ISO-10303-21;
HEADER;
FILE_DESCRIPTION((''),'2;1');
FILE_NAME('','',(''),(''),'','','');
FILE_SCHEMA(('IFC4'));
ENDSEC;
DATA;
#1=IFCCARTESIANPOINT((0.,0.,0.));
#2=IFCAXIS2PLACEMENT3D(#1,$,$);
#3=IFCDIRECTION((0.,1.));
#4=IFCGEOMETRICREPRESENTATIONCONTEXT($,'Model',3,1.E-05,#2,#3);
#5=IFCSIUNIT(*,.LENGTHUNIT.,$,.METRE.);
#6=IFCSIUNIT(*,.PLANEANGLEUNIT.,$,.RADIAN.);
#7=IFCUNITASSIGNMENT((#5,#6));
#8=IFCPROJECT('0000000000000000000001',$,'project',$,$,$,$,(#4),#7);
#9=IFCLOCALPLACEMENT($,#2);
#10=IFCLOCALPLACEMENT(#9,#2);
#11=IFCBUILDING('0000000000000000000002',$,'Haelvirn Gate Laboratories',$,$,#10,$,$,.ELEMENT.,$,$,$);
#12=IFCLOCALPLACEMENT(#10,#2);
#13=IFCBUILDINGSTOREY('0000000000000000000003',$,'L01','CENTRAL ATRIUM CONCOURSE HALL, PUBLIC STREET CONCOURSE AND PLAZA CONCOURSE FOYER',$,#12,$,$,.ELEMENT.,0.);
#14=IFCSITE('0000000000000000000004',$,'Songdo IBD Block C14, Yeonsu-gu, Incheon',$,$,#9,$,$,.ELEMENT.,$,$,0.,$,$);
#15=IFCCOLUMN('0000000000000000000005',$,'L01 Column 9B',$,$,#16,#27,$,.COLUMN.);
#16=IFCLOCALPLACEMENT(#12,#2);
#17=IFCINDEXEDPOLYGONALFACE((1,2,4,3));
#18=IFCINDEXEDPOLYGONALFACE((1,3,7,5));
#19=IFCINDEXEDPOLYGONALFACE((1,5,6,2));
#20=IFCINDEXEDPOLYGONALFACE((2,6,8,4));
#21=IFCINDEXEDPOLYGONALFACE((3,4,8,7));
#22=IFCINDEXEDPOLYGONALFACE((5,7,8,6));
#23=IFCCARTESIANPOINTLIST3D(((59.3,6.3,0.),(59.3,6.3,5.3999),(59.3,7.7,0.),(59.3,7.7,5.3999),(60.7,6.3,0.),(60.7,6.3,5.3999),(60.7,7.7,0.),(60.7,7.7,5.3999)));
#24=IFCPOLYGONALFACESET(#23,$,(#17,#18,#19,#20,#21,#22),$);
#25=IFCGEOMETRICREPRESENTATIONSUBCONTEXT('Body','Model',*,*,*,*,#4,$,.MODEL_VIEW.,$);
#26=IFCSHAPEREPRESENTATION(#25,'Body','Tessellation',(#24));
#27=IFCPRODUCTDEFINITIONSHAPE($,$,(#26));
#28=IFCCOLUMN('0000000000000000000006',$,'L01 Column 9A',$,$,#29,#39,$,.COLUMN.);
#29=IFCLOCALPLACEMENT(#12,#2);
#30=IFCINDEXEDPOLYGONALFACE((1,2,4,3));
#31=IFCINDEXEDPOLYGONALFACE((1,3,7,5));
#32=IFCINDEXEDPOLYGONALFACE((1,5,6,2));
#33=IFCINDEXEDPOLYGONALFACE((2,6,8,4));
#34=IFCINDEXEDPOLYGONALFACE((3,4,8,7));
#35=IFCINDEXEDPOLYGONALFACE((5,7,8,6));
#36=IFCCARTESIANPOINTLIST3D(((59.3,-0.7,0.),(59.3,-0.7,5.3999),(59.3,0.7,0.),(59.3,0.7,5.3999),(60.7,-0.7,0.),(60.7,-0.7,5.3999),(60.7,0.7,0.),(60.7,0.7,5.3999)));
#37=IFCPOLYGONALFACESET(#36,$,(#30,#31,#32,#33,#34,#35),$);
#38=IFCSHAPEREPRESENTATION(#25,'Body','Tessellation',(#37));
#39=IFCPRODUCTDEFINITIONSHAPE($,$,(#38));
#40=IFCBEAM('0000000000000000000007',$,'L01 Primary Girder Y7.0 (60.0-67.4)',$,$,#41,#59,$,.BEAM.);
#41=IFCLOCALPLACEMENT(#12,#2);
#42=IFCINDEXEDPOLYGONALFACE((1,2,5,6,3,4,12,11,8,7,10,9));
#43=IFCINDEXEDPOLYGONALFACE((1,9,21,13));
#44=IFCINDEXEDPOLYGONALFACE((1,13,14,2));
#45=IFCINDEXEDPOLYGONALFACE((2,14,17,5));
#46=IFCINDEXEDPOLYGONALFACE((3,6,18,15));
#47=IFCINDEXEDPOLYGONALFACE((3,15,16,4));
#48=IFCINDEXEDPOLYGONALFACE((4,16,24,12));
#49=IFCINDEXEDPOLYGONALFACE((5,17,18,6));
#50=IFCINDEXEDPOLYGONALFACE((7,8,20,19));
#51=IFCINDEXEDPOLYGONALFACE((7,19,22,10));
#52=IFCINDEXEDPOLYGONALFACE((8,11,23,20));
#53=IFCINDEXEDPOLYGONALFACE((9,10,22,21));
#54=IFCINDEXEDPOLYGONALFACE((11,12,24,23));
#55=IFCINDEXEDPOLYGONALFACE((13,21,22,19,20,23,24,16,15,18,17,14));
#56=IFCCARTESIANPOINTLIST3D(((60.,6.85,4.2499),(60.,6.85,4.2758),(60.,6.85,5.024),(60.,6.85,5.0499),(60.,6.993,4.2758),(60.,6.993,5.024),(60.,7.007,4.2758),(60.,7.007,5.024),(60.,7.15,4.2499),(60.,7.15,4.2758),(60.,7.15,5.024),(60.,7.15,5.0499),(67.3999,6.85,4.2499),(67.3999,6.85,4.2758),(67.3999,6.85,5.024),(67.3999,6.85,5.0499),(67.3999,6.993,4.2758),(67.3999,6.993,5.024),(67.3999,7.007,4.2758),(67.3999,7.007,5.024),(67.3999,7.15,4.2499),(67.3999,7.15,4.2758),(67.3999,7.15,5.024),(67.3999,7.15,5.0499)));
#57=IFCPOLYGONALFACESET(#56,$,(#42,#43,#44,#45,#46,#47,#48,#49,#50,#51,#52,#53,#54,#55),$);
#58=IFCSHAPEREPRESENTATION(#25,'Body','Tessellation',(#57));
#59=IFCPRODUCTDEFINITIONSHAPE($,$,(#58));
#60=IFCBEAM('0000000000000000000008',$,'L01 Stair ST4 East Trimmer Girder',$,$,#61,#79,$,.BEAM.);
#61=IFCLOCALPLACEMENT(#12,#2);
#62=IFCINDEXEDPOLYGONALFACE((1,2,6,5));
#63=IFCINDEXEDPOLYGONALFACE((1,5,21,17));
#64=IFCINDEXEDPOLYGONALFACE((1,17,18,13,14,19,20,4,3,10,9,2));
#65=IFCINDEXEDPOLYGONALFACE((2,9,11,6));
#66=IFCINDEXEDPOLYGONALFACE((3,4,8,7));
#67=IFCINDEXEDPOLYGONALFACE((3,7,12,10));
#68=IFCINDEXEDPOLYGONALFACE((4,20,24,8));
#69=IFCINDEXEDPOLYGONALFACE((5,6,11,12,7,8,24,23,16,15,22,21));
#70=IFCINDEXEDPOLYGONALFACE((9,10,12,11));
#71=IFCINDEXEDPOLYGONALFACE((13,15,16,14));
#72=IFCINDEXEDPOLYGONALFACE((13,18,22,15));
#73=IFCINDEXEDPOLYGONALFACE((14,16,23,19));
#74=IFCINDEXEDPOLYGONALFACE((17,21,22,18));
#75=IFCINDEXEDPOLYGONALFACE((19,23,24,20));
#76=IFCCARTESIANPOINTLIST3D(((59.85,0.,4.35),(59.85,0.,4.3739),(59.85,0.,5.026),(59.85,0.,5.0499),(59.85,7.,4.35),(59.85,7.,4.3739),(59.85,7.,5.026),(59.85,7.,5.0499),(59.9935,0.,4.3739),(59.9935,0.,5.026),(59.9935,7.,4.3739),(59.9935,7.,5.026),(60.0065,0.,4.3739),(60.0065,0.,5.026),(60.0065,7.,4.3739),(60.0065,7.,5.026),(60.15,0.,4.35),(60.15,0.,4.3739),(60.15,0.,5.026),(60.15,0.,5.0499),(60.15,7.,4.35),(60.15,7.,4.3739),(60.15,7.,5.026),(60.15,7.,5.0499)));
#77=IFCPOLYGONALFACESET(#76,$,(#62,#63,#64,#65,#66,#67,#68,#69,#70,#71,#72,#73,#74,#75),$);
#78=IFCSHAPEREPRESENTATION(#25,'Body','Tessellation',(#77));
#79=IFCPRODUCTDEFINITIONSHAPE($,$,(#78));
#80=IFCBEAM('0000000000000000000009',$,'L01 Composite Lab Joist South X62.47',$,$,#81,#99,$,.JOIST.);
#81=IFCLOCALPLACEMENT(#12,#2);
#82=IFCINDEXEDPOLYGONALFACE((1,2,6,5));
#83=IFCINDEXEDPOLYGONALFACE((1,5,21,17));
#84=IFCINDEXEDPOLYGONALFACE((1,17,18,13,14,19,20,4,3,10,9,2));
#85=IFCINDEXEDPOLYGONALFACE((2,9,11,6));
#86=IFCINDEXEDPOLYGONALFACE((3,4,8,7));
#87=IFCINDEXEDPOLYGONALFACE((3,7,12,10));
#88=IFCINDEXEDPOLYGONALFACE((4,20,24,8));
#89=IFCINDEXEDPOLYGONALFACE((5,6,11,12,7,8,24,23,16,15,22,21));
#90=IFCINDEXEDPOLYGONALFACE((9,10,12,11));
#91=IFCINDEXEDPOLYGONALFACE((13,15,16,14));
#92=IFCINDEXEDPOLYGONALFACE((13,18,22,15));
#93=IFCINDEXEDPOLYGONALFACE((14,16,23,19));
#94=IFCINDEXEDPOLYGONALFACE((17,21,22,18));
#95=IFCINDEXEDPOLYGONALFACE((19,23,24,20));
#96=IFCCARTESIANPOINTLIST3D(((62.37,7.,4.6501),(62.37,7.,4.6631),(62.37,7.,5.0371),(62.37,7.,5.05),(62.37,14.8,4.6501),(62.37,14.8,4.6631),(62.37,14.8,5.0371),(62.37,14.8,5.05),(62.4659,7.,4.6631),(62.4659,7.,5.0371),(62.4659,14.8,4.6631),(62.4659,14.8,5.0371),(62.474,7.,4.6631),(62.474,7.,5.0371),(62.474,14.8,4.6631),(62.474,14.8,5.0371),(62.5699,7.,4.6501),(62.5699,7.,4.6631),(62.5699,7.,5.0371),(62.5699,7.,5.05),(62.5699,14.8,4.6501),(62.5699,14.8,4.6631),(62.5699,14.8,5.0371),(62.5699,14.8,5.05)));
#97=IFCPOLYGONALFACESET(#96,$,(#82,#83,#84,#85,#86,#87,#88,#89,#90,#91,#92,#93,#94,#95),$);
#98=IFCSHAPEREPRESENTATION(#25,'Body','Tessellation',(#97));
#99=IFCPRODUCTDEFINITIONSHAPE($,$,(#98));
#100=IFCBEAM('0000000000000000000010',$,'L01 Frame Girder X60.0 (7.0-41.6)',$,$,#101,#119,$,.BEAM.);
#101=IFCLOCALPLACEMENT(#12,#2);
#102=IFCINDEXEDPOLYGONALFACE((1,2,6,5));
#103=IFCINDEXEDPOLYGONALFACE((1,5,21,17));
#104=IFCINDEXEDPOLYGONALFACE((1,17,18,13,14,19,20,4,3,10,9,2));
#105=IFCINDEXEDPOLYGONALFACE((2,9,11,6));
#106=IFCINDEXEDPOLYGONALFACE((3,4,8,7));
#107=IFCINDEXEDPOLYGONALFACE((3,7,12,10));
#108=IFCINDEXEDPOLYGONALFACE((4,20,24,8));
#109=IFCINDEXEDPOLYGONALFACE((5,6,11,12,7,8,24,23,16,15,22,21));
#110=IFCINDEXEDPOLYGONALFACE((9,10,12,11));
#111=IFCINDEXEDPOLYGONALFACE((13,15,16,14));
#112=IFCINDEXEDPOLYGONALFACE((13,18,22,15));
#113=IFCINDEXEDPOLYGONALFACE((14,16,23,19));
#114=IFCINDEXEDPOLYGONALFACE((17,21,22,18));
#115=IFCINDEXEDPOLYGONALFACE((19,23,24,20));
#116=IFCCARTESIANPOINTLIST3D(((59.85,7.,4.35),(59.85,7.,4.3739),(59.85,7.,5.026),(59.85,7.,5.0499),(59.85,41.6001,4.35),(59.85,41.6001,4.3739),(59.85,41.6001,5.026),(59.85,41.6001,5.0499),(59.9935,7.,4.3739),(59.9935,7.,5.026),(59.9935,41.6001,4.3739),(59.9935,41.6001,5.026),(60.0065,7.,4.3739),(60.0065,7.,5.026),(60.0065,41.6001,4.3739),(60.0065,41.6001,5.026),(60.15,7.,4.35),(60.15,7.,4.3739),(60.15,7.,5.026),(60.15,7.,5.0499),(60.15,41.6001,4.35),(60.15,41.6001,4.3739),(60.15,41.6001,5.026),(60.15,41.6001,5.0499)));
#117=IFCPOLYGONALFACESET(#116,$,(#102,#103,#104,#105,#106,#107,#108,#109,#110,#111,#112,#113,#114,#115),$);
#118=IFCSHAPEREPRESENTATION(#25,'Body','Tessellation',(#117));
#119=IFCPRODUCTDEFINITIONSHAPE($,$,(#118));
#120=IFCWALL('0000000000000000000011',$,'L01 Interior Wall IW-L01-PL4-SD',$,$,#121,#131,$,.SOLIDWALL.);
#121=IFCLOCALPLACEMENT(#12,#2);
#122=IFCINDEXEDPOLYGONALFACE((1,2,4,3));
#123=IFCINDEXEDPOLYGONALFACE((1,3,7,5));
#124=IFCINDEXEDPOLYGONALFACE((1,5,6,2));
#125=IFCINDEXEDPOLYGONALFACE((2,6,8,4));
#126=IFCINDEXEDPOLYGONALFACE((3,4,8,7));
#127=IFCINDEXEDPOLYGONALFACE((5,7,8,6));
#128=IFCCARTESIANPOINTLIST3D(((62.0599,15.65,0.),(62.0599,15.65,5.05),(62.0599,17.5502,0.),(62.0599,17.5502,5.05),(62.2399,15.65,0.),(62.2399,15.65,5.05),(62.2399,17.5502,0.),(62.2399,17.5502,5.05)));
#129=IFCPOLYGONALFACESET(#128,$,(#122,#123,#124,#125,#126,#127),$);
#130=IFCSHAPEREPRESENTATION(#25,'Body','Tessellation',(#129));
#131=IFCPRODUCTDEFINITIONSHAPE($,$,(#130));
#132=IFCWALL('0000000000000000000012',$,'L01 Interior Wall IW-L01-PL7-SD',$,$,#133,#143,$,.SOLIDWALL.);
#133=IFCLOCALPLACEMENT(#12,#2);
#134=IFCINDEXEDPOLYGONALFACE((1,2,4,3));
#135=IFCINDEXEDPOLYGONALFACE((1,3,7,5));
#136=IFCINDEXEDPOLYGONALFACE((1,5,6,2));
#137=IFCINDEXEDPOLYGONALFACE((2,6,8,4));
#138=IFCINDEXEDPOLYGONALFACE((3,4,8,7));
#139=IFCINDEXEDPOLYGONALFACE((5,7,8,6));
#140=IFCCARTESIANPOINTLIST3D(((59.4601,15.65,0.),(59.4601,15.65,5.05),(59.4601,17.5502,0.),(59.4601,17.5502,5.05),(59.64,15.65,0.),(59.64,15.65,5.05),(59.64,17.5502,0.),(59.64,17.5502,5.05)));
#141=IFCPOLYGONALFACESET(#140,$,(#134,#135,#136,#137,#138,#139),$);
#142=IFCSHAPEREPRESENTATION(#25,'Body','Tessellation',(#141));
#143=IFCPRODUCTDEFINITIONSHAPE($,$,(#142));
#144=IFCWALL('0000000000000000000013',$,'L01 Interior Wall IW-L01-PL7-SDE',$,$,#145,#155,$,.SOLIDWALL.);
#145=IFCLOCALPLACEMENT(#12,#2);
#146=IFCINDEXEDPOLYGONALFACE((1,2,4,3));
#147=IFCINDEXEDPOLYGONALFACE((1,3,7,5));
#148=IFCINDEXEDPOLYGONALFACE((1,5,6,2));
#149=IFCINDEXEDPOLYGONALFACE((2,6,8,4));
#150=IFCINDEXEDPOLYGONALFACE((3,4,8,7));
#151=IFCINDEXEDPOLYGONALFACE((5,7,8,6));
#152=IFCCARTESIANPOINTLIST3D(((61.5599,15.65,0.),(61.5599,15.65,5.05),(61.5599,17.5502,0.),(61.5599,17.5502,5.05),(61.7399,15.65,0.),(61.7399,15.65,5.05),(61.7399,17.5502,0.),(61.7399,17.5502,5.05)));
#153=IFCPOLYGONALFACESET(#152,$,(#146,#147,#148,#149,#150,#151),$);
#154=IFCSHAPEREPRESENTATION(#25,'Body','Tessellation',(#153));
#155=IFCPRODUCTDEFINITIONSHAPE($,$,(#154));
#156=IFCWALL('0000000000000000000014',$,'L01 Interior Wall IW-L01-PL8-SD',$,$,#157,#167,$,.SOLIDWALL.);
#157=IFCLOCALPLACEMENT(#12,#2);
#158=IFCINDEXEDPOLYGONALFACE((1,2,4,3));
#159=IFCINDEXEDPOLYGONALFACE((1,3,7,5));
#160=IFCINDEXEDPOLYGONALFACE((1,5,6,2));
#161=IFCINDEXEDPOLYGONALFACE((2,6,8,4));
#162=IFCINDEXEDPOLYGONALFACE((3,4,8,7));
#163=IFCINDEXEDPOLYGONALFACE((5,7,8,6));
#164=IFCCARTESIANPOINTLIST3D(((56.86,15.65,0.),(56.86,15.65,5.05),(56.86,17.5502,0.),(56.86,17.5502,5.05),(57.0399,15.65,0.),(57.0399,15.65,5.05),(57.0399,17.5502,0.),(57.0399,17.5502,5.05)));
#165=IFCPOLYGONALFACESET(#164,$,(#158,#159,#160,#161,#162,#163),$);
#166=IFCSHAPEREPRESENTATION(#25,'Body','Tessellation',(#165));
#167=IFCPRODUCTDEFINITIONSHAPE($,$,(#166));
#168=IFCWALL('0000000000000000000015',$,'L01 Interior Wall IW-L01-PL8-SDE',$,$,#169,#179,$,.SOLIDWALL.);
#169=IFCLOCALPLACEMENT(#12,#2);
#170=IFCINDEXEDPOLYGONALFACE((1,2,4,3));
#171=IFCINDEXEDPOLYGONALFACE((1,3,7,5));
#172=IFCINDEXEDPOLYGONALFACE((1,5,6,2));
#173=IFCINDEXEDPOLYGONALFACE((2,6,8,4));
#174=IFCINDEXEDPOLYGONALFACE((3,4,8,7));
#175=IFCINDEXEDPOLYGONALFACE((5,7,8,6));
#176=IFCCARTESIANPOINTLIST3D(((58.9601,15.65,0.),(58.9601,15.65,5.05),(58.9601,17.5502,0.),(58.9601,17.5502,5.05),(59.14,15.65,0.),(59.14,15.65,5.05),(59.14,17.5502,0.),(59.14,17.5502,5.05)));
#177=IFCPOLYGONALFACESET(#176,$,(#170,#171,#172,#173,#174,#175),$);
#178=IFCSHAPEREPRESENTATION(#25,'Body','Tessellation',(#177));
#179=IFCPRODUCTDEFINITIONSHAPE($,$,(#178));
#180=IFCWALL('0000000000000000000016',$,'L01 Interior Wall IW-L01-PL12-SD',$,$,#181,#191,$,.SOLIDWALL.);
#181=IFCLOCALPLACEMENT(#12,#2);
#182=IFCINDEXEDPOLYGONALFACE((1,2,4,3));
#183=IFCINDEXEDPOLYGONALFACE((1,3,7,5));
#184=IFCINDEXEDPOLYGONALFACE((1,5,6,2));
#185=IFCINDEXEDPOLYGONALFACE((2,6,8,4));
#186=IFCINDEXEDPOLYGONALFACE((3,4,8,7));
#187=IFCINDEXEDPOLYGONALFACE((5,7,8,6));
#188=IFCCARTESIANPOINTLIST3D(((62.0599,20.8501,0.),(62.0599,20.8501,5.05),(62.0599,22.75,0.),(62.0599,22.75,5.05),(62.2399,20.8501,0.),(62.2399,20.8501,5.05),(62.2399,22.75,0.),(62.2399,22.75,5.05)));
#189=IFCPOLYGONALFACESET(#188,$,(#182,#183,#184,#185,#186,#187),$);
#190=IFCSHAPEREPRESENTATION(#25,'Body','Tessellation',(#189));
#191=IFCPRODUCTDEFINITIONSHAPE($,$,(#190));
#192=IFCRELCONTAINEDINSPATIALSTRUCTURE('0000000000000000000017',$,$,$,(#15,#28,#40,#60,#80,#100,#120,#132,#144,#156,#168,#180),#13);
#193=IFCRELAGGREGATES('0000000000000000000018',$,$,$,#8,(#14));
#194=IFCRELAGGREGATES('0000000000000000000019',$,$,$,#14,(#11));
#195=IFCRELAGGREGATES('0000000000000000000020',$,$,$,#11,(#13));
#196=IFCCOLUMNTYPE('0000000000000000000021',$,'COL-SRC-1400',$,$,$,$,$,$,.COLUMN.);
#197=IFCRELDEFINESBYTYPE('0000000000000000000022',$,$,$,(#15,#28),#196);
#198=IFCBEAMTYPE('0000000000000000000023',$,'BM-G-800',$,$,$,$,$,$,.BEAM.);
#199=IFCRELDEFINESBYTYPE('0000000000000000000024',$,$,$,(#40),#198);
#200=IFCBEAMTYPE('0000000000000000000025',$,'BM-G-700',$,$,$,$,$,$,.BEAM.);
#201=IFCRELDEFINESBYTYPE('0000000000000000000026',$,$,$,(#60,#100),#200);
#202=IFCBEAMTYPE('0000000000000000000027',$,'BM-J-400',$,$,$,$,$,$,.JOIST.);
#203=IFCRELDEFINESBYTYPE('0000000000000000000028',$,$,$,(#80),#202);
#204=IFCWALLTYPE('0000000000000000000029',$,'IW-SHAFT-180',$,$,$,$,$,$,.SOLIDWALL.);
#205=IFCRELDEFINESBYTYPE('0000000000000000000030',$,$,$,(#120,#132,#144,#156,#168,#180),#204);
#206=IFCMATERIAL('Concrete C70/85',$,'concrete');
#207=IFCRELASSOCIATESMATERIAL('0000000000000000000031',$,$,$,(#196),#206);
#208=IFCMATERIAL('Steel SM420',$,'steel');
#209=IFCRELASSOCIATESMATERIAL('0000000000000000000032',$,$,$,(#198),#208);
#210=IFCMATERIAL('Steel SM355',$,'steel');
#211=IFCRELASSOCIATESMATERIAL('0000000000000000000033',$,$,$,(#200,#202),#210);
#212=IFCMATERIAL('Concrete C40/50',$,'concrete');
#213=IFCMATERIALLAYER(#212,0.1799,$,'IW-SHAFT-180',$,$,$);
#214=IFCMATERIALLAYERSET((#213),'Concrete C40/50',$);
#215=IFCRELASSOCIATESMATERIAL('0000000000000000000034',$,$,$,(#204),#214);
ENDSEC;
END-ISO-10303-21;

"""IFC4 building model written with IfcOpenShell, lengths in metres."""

from ifc_helpers import new_model, si_unit, direction, frame, frame_2d, origin, origin_2d, place, context, subcontext, project, spatial, rectangle, i_section, extrude, source, transform, mapped, material, layer, layer_set, material_profile, profile_set, type_object, type_shapes, element, save


model = new_model("IFC4")

# Units and contexts
model_context = context("Model", 3, precision=1e-05, world=origin(), true_north=direction((0.0, 1.0)))
body_context = subcontext(model_context, "Body", "Model", "MODEL_VIEW")
ifc_project = project(units=[si_unit("LENGTHUNIT", "METRE"), si_unit("PLANEANGLEUNIT", "RADIAN")], contexts=[model_context])

# Site, building, storey
site_placement = place(None, origin())
site = spatial("IfcSite", under=ifc_project, at=site_placement, Name="Songdo IBD Block C14, Yeonsu-gu, Incheon", CompositionType="ELEMENT", RefElevation=0.0)
building_placement = place(site_placement, origin())
building = spatial("IfcBuilding", under=site, at=building_placement, Name="Haelvirn Gate Laboratories", CompositionType="ELEMENT")
storey_placement = place(building_placement, origin())
storey = spatial("IfcBuildingStorey", under=building, at=storey_placement, Name="L01", Description="CENTRAL ATRIUM CONCOURSE HALL, PUBLIC STREET CONCOURSE AND PLAZA CONCOURSE FOYER", CompositionType="ELEMENT", Elevation=0.0)

# Columns
ifc_material_1 = material(Name="Concrete C70/85", Category="concrete")
ifc_material_profile_1 = material_profile(ifc_material_1, rectangle(XDim=1.3999, YDim=1.3999, at=origin_2d()), Name="SRC-1400x1400")
ifc_profile_set_1 = profile_set([ifc_material_profile_1], Name="Concrete C70/85")
column_type = type_object("IfcColumnType", Name="COL-SRC-1400", PredefinedType="COLUMN", material=ifc_profile_set_1)
shared_shape_1 = source(origin(), body_context, "Body", "SweptSolid", [
    extrude(rectangle(XDim=1.3999, YDim=1.3999, at=origin_2d()), origin(), (0.0, 0.0, 1.0), 5.3999),
])
type_shapes(column_type, [shared_shape_1])
for number, where, z_axis, x_axis, name in (
    (1, (60.0, 7.0, 0.0), (0.0, 0.0, 1.0), (1.0, 0.0, 0.0), "L01 Column 9B"),
    (2, (60.0, 0.0, 0.0), (0.0, 0.0, 1.0), (1.0, 0.0, 0.0), "L01 Column 9A"),
):
    element("IfcColumn", number, at=place(storey_placement, frame(where, z_axis=z_axis, x_axis=x_axis)), inside=storey, type_object=column_type, Name=name, PredefinedType="COLUMN", context=body_context, shape_type="MappedRepresentation", body=[
        mapped(shared_shape_1, transform((0.0, 0.0, 0.0), scale=1.0)),
    ])

# Beams
ifc_material_2 = material(Name="Steel SM420", Category="steel")
ifc_material_profile_2 = material_profile(ifc_material_2, i_section(OverallWidth=0.3, OverallDepth=0.8, WebThickness=0.0139, FlangeThickness=0.0259, at=origin_2d()), Name="H-800x300x14x26")
ifc_profile_set_2 = profile_set([ifc_material_profile_2], Name="Steel SM420")
beam_type_1 = type_object("IfcBeamType", Name="BM-G-800", PredefinedType="BEAM", material=ifc_profile_set_2)
shared_shape_2 = source(origin(), body_context, "Body", "SweptSolid", [
    extrude(i_section(OverallWidth=0.3, OverallDepth=0.8, WebThickness=0.0139, FlangeThickness=0.0259, at=origin_2d()), origin(), (0.0, 0.0, 1.0), 7.3999),
])
type_shapes(beam_type_1, [shared_shape_2])
beam_1_placement = place(storey_placement, frame((60.0, 7.0, 4.6499), z_axis=(1.0, 0.0, 0.0), x_axis=(0.0, 1.0, 0.0)))
element("IfcBeam", 3, at=beam_1_placement, inside=storey, type_object=beam_type_1, Name="L01 Primary Girder Y7.0 (60.0-67.4)", PredefinedType="BEAM", context=body_context, shape_type="MappedRepresentation", body=[
    mapped(shared_shape_2, transform((0.0, 0.0, 0.0), scale=1.0)),
])
ifc_material_3 = material(Name="Steel SM355", Category="steel")
ifc_material_profile_3 = material_profile(ifc_material_3, i_section(OverallWidth=0.3, OverallDepth=0.7, WebThickness=0.0129, FlangeThickness=0.0239, at=origin_2d()), Name="H-700x300x13x24")
ifc_profile_set_3 = profile_set([ifc_material_profile_3], Name="Steel SM355")
beam_type_2 = type_object("IfcBeamType", Name="BM-G-700", PredefinedType="BEAM", material=ifc_profile_set_3)
shared_shape_3 = source(origin(), body_context, "Body", "SweptSolid", [
    extrude(i_section(OverallWidth=0.3, OverallDepth=0.7, WebThickness=0.0129, FlangeThickness=0.0239, at=origin_2d()), origin(), (0.0, 0.0, 1.0), 7.0),
])
beam_2_placement = place(storey_placement, frame((60.0, 0.0, 4.7), z_axis=(0.0, 1.0, 0.0), x_axis=(-1.0, 0.0, 0.0)))
element("IfcBeam", 4, at=beam_2_placement, inside=storey, type_object=beam_type_2, Name="L01 Stair ST4 East Trimmer Girder", PredefinedType="BEAM", context=body_context, shape_type="MappedRepresentation", body=[
    mapped(shared_shape_3, transform((0.0, 0.0, 0.0), scale=1.0)),
])
ifc_material_profile_4 = material_profile(ifc_material_3, i_section(OverallWidth=0.2, OverallDepth=0.3999, WebThickness=0.0081, FlangeThickness=0.0129, at=origin_2d()), Name="H-400x200x8x13")
ifc_profile_set_4 = profile_set([ifc_material_profile_4], Name="Steel SM355")
beam_type_3 = type_object("IfcBeamType", Name="BM-J-400", PredefinedType="JOIST", material=ifc_profile_set_4)
shared_shape_4 = source(origin(), body_context, "Body", "SweptSolid", [
    extrude(i_section(OverallWidth=0.2, OverallDepth=0.3999, WebThickness=0.0081, FlangeThickness=0.0129, at=origin_2d()), origin(), (0.0, 0.0, 1.0), 7.8),
])
type_shapes(beam_type_3, [shared_shape_4])
beam_3_placement = place(storey_placement, frame((62.47, 7.0, 4.8501), z_axis=(0.0, 1.0, 0.0), x_axis=(-1.0, 0.0, 0.0)))
element("IfcBeam", 5, at=beam_3_placement, inside=storey, type_object=beam_type_3, Name="L01 Composite Lab Joist South X62.47", PredefinedType="JOIST", context=body_context, shape_type="MappedRepresentation", body=[
    mapped(shared_shape_4, transform((0.0, 0.0, 0.0), scale=1.0)),
])
shared_shape_5 = source(origin(), body_context, "Body", "SweptSolid", [
    extrude(i_section(OverallWidth=0.3, OverallDepth=0.7, WebThickness=0.0129, FlangeThickness=0.0239, at=origin_2d()), origin(), (0.0, 0.0, 1.0), 34.6001),
])
type_shapes(beam_type_2, [shared_shape_3, shared_shape_5])
beam_4_placement = place(storey_placement, frame((60.0, 7.0, 4.7), z_axis=(0.0, 1.0, 0.0), x_axis=(-1.0, 0.0, 0.0)))
element("IfcBeam", 6, at=beam_4_placement, inside=storey, type_object=beam_type_2, Name="L01 Frame Girder X60.0 (7.0-41.6)", PredefinedType="BEAM", context=body_context, shape_type="MappedRepresentation", body=[
    mapped(shared_shape_5, transform((0.0, 0.0, 0.0), scale=1.0)),
])

# Walls
ifc_material_4 = material(Name="Concrete C40/50", Category="concrete")
ifc_layer_1 = layer(ifc_material_4, 0.1799, Name="IW-SHAFT-180")
ifc_layer_set_1 = layer_set([ifc_layer_1], Name="Concrete C40/50")
wall_type_1 = type_object("IfcWallType", Name="IW-SHAFT-180", PredefinedType="SOLIDWALL", material=ifc_layer_set_1)
for number, where, z_axis, x_axis, name in (
    (7, (62.1499, 15.6499, 0.0), (0.0, 0.0, 1.0), (0.0, 1.0, 0.0), "L01 Interior Wall IW-L01-PL4-SD"),
    (8, (59.55, 15.6499, 0.0), (0.0, 0.0, 1.0), (0.0, 1.0, 0.0), "L01 Interior Wall IW-L01-PL7-SD"),
    (9, (61.6499, 15.6499, 0.0), (0.0, 0.0, 1.0), (0.0, 1.0, 0.0), "L01 Interior Wall IW-L01-PL7-SDE"),
    (10, (56.95, 15.6499, 0.0), (0.0, 0.0, 1.0), (0.0, 1.0, 0.0), "L01 Interior Wall IW-L01-PL8-SD"),
    (11, (59.05, 15.6499, 0.0), (0.0, 0.0, 1.0), (0.0, 1.0, 0.0), "L01 Interior Wall IW-L01-PL8-SDE"),
):
    element("IfcWall", number, at=place(storey_placement, frame(where, z_axis=z_axis, x_axis=x_axis)), inside=storey, type_object=wall_type_1, Name=name, PredefinedType="SOLIDWALL", context=body_context, shape_type="SweptSolid", body=[
        extrude(rectangle(XDim=1.9001, YDim=0.1799, at=frame_2d((0.9502, 0.0))), origin(), (0.0, 0.0, 1.0), 5.05),
    ])
wall_1_placement = place(storey_placement, frame((62.1499, 20.8501, 0.0), z_axis=(0.0, 0.0, 1.0), x_axis=(0.0, 1.0, 0.0)))
element("IfcWall", 12, at=wall_1_placement, inside=storey, type_object=wall_type_1, Name="L01 Interior Wall IW-L01-PL12-SD", PredefinedType="SOLIDWALL", context=body_context, shape_type="SweptSolid", body=[
    extrude(rectangle(XDim=1.8999, YDim=0.1799, at=frame_2d((0.95, 0.0))), origin(), (0.0, 0.0, 1.0), 5.05),
])

save(model, "model.ifc")
